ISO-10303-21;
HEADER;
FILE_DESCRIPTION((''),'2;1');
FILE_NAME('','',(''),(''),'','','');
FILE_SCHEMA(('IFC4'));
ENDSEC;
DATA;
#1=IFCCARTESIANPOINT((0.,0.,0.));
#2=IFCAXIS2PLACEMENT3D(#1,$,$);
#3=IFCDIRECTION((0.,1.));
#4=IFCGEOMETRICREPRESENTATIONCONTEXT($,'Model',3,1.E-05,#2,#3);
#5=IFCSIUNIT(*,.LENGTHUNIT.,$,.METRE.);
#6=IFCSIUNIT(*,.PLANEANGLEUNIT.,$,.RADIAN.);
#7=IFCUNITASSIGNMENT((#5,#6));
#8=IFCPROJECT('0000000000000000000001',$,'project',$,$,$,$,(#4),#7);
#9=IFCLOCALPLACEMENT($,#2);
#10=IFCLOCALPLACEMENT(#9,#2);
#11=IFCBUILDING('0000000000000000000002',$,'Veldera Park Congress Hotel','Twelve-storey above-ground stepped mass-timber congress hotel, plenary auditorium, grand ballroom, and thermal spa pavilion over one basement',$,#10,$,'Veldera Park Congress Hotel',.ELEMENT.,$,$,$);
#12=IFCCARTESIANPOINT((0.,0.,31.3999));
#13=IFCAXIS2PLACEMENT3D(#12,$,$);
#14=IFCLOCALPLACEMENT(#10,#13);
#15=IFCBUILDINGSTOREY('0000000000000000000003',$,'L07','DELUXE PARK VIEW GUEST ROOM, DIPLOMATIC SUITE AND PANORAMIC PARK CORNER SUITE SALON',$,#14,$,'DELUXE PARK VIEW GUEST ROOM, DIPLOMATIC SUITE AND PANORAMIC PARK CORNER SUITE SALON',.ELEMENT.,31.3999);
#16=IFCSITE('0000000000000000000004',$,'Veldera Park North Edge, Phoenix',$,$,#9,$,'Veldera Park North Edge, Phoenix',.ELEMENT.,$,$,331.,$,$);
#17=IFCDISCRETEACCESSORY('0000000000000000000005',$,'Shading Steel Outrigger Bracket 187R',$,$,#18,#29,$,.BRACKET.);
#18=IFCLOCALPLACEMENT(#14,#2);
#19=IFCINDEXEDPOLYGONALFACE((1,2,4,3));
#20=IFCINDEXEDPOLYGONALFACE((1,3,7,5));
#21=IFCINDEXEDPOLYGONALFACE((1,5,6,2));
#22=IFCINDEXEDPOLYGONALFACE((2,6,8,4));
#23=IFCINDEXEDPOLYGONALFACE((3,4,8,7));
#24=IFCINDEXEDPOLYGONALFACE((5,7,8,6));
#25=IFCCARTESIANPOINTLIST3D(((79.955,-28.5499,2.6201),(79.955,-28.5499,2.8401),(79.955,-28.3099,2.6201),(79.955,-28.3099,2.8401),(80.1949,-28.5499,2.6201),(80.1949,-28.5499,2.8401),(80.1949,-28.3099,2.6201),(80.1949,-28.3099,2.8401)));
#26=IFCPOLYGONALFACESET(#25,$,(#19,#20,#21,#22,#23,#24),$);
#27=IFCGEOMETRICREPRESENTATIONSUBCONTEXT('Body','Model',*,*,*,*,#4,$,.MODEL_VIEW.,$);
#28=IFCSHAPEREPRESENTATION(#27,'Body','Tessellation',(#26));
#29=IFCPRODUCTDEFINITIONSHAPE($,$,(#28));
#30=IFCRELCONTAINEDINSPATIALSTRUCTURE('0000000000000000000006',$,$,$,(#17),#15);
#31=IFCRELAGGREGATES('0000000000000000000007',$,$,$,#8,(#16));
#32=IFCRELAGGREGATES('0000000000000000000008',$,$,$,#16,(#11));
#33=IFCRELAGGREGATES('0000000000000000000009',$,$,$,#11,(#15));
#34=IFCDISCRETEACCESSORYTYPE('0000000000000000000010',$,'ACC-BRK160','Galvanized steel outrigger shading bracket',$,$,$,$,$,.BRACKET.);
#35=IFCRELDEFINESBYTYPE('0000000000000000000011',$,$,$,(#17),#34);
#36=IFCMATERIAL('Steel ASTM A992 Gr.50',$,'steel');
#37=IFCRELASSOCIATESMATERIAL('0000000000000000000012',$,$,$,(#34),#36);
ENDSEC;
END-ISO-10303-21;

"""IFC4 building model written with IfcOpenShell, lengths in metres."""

from ifc_helpers import new_model, si_unit, direction, frame, origin, origin_2d, place, context, subcontext, project, spatial, rectangle, extrude, material, type_object, element, save


model = new_model("IFC4")

# Units and contexts
model_context = context("Model", 3, precision=1e-05, world=origin(), true_north=direction((0.0, 1.0)))
body_context = subcontext(model_context, "Body", "Model", "MODEL_VIEW")
ifc_project = project(units=[si_unit("LENGTHUNIT", "METRE"), si_unit("PLANEANGLEUNIT", "RADIAN")], contexts=[model_context])

# Site, building, storey
site_placement = place(None, origin())
site = spatial("IfcSite", under=ifc_project, at=site_placement, Name="Veldera Park North Edge, Phoenix", LongName="Veldera Park North Edge, Phoenix", CompositionType="ELEMENT", RefElevation=331.0)
building_placement = place(site_placement, origin())
building = spatial("IfcBuilding", under=site, at=building_placement, Name="Veldera Park Congress Hotel", Description="Twelve-storey above-ground stepped mass-timber congress hotel, plenary auditorium, grand ballroom, and thermal spa pavilion over one basement", LongName="Veldera Park Congress Hotel", CompositionType="ELEMENT")
storey_placement = place(building_placement, frame((0.0, 0.0, 31.3999)))
storey = spatial("IfcBuildingStorey", under=building, at=storey_placement, Name="L07", Description="DELUXE PARK VIEW GUEST ROOM, DIPLOMATIC SUITE AND PANORAMIC PARK CORNER SUITE SALON", LongName="DELUXE PARK VIEW GUEST ROOM, DIPLOMATIC SUITE AND PANORAMIC PARK CORNER SUITE SALON", CompositionType="ELEMENT", Elevation=31.3999)

# Discrete accessory
ifc_material_1 = material(Name="Steel ASTM A992 Gr.50", Category="steel")
discrete_accessory_type = type_object("IfcDiscreteAccessoryType", Name="ACC-BRK160", Description="Galvanized steel outrigger shading bracket", PredefinedType="BRACKET", material=ifc_material_1)
for number, where, z_axis, x_axis, name in (
    (1, (80.075, -28.4299, 2.6201), (0.0, 0.0, 1.0), (1.0, 0.0, 0.0), "Shading Steel Outrigger Bracket 187R"),
):
    element("IfcDiscreteAccessory", number, at=place(storey_placement, frame(where, z_axis=z_axis, x_axis=x_axis)), inside=storey, type_object=discrete_accessory_type, Name=name, PredefinedType="BRACKET", context=body_context, shape_type="SweptSolid", body=[
        extrude(rectangle(XDim=0.24, YDim=0.24, at=origin_2d()), origin(), (0.0, 0.0, 1.0), 0.22),
    ])

save(model, "model.ifc")
